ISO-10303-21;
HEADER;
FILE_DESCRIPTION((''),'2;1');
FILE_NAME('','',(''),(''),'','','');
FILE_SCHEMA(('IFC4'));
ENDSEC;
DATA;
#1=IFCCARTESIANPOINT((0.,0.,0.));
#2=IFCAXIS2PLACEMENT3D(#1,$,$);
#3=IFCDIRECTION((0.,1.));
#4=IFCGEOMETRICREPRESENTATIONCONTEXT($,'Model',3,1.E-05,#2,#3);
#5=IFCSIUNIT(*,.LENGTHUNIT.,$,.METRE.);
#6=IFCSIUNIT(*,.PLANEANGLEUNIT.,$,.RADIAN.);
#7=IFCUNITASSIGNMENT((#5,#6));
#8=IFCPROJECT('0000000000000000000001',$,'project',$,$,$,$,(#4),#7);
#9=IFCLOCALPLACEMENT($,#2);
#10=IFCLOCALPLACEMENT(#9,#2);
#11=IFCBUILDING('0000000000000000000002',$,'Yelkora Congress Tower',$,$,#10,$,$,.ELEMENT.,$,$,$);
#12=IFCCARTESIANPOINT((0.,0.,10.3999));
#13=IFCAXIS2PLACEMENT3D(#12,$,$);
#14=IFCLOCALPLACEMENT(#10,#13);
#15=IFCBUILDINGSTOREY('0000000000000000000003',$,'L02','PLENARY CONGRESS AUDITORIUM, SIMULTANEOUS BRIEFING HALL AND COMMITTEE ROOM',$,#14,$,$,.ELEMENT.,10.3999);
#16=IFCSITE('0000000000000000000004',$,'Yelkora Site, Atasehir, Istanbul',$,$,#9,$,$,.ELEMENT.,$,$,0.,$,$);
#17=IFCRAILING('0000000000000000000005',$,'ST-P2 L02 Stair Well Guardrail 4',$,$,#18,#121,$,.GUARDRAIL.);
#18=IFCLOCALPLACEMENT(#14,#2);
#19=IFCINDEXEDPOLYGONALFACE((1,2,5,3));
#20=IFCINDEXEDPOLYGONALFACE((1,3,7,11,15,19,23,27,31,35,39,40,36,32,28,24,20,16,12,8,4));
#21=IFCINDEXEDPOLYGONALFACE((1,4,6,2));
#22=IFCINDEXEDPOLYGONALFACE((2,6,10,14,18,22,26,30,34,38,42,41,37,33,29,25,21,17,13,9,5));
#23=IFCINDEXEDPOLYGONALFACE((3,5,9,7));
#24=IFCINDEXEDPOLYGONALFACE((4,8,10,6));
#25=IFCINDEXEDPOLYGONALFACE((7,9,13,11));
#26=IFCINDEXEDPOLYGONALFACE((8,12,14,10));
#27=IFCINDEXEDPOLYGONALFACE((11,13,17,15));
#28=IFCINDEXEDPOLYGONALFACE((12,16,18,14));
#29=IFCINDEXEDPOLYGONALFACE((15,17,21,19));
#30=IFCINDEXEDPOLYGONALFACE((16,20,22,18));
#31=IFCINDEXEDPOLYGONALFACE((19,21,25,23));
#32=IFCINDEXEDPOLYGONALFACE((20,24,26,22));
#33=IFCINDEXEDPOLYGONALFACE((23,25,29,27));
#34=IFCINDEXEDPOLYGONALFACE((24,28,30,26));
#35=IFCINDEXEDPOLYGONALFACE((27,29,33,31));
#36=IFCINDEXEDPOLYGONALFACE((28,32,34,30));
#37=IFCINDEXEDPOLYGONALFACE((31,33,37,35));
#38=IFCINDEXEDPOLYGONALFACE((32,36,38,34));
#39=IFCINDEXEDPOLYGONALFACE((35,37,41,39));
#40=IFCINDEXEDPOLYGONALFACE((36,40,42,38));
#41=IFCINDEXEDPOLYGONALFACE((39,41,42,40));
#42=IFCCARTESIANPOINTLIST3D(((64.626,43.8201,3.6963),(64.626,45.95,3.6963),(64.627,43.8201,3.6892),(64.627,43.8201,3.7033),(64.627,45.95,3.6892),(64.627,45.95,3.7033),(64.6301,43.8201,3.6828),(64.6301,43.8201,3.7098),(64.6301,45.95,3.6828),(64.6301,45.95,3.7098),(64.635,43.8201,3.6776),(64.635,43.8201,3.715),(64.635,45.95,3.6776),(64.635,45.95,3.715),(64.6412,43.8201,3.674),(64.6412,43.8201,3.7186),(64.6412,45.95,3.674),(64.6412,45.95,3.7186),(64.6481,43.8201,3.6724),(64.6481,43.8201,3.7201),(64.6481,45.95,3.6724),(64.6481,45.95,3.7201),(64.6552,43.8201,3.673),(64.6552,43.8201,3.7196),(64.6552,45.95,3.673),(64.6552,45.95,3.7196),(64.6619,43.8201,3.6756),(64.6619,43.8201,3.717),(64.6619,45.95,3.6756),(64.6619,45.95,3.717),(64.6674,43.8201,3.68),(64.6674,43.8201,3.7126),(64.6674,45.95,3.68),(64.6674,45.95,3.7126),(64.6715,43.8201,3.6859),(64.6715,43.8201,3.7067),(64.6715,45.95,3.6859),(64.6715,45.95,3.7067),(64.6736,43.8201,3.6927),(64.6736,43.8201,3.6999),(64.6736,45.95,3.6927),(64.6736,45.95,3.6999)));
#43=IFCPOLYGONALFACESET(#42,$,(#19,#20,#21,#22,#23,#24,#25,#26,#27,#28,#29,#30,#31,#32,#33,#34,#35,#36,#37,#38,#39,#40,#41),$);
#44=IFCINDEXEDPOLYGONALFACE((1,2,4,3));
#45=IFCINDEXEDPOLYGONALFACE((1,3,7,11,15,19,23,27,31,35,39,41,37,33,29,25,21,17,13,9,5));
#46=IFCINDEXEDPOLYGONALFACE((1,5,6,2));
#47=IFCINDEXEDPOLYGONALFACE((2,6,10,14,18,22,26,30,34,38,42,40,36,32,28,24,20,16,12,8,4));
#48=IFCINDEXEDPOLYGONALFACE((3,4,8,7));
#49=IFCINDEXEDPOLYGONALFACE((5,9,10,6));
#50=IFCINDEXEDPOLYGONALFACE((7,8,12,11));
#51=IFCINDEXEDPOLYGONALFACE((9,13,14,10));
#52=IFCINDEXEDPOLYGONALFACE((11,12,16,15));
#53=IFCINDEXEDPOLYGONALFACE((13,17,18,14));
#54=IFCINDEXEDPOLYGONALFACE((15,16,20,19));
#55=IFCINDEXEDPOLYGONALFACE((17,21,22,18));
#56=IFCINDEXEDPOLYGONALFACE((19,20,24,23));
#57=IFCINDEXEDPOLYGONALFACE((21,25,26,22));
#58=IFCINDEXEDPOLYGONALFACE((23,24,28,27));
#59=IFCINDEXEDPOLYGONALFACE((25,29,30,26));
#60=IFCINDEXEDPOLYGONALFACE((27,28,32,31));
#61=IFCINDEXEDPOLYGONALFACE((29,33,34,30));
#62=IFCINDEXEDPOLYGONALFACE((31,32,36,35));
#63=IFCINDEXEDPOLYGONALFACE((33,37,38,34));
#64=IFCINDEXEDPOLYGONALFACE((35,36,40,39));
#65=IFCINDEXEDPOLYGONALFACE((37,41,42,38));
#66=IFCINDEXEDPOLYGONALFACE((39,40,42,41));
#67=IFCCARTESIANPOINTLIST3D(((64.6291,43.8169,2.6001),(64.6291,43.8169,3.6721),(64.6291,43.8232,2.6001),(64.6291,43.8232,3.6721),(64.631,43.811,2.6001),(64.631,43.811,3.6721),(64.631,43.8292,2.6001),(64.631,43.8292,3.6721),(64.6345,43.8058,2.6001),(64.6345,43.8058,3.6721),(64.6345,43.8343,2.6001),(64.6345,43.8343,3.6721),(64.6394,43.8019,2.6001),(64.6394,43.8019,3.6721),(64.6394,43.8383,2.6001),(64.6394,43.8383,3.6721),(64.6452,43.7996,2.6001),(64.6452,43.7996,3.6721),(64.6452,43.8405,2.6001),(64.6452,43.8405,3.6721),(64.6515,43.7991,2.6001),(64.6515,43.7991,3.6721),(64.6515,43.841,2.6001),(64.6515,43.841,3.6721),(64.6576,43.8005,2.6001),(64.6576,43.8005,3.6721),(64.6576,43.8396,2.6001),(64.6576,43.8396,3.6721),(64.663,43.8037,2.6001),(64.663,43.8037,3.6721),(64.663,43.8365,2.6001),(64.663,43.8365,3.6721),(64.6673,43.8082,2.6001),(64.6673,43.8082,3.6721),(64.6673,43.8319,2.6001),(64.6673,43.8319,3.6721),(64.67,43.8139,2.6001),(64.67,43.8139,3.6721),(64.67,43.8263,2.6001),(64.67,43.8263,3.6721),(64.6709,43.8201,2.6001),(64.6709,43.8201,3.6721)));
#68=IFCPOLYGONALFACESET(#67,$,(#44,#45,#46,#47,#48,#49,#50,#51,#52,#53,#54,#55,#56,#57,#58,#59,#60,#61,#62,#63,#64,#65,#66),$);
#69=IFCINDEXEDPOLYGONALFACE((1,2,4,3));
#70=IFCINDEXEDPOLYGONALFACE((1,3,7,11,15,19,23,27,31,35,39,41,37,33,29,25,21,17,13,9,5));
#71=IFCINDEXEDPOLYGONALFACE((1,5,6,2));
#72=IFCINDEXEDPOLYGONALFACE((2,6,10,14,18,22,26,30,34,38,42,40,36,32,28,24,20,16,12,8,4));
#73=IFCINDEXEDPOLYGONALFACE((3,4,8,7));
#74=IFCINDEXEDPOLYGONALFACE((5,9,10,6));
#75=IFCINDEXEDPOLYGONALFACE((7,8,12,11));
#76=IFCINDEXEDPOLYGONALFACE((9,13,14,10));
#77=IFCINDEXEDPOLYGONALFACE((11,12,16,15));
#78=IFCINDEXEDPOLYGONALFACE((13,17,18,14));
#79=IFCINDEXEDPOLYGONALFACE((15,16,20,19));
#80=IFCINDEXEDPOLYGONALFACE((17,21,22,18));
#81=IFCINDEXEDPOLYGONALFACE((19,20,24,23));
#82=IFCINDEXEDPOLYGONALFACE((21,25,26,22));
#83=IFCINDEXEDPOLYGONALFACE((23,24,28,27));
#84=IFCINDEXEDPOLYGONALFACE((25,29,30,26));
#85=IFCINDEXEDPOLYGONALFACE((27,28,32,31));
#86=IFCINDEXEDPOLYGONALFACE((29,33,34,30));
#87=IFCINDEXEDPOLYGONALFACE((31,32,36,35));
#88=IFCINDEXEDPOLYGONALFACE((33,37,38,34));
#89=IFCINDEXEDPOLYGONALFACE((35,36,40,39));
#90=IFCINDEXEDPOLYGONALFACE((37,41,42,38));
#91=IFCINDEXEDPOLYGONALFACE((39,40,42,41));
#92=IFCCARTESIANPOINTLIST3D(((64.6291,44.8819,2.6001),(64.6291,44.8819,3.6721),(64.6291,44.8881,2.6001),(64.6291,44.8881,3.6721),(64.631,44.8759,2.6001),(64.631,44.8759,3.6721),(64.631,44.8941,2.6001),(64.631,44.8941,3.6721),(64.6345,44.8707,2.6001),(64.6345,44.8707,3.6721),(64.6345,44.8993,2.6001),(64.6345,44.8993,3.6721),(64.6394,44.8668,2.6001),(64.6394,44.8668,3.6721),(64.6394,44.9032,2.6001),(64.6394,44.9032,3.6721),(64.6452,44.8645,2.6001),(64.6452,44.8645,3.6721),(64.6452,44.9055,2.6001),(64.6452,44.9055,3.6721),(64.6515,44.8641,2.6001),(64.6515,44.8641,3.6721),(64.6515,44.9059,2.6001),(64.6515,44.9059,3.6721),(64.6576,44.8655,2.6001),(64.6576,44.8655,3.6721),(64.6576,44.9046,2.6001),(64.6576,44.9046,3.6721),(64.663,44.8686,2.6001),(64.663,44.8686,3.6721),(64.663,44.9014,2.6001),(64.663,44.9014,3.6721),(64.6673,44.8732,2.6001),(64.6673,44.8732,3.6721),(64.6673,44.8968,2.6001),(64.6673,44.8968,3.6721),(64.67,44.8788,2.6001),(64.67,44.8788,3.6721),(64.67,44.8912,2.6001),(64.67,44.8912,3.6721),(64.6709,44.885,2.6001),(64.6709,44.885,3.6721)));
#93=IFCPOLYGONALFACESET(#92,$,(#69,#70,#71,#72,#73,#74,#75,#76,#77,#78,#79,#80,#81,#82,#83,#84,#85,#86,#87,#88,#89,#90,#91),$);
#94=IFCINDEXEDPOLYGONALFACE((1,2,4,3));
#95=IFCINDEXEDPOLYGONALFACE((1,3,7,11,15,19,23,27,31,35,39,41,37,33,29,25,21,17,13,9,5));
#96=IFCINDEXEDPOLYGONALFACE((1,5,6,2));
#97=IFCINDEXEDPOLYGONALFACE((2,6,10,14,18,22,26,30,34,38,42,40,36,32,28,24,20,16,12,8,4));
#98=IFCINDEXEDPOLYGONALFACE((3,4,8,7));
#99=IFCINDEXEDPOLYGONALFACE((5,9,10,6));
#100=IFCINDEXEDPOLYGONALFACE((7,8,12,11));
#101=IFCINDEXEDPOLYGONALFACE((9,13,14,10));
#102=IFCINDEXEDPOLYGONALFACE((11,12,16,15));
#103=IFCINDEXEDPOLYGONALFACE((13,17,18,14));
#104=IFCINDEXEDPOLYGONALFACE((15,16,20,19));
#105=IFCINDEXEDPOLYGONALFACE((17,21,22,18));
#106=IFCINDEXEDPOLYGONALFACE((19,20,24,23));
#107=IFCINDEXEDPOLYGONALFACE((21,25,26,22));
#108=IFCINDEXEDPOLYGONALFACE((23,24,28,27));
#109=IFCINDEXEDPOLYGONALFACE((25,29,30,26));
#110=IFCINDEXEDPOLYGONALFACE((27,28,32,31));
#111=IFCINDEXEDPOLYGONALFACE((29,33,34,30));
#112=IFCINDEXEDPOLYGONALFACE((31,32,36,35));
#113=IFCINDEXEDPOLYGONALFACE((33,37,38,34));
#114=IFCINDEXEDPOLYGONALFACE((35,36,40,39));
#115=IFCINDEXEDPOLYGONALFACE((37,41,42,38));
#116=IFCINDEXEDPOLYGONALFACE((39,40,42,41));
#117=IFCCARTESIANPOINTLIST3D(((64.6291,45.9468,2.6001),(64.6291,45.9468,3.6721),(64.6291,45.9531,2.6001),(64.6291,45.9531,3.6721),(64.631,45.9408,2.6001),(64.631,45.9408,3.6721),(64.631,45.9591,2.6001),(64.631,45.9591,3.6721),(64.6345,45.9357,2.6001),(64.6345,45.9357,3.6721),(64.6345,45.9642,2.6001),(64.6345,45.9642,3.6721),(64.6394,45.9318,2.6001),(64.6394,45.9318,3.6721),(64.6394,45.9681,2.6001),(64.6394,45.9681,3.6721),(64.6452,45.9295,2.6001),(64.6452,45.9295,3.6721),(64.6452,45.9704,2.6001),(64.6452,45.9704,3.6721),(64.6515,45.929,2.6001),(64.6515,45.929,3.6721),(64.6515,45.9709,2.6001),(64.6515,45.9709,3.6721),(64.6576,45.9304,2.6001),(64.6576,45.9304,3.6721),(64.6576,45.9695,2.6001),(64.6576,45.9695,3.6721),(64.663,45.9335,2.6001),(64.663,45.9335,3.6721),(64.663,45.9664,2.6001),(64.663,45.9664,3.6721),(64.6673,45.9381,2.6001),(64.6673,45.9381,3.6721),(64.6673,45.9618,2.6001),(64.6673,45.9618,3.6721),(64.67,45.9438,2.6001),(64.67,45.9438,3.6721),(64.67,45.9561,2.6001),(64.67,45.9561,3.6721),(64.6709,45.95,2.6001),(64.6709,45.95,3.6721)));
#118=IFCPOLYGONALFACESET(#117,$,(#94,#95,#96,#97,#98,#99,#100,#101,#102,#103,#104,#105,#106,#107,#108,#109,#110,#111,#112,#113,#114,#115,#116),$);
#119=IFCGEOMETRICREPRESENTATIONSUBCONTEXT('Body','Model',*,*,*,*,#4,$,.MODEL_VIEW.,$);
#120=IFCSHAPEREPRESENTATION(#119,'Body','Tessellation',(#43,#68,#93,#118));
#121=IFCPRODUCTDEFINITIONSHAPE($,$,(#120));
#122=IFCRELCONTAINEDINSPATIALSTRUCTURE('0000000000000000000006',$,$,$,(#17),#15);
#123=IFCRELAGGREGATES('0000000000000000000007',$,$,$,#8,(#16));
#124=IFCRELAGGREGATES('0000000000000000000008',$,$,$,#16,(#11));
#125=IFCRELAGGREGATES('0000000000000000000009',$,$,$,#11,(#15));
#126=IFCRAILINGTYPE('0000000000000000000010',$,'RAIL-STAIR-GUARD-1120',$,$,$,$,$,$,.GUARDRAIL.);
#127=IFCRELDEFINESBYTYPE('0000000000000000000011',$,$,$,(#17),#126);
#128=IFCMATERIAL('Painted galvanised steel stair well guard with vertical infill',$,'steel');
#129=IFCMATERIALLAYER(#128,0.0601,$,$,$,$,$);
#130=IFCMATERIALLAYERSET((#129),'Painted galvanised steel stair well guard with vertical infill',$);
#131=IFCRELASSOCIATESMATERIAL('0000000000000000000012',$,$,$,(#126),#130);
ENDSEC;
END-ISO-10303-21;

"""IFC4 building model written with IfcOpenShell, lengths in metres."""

from ifc_helpers import new_model, si_unit, direction, frame, origin, origin_2d, place, context, subcontext, project, spatial, circle, extrude, material, layer, layer_set, type_object, element, save


model = new_model("IFC4")

# Units and contexts
model_context = context("Model", 3, precision=1e-05, world=origin(), true_north=direction((0.0, 1.0)))
body_context = subcontext(model_context, "Body", "Model", "MODEL_VIEW")
ifc_project = project(units=[si_unit("LENGTHUNIT", "METRE"), si_unit("PLANEANGLEUNIT", "RADIAN")], contexts=[model_context])

# Site, building, storey
site_placement = place(None, origin())
site = spatial("IfcSite", under=ifc_project, at=site_placement, Name="Yelkora Site, Atasehir, Istanbul", CompositionType="ELEMENT", RefElevation=0.0)
building_placement = place(site_placement, origin())
building = spatial("IfcBuilding", under=site, at=building_placement, Name="Yelkora Congress Tower", CompositionType="ELEMENT")
storey_placement = place(building_placement, frame((0.0, 0.0, 10.3999)))
storey = spatial("IfcBuildingStorey", under=building, at=storey_placement, Name="L02", Description="PLENARY CONGRESS AUDITORIUM, SIMULTANEOUS BRIEFING HALL AND COMMITTEE ROOM", CompositionType="ELEMENT", Elevation=10.3999)

# Railing
ifc_material_1 = material(Name="Painted galvanised steel stair well guard with vertical infill", Category="steel")
ifc_layer_1 = layer(ifc_material_1, 0.0601)
ifc_layer_set_1 = layer_set([ifc_layer_1], Name="Painted galvanised steel stair well guard with vertical infill")
railing_type_1 = type_object("IfcRailingType", Name="RAIL-STAIR-GUARD-1120", PredefinedType="GUARDRAIL", material=ifc_layer_set_1)
railing_1_placement = place(storey_placement, frame((64.6499, 43.8201, 2.6001)))
element("IfcRailing", 1, at=railing_1_placement, inside=storey, type_object=railing_type_1, Name="ST-P2 L02 Stair Well Guardrail 4", PredefinedType="GUARDRAIL", context=body_context, shape_type="SweptSolid", body=[
    extrude(circle(Radius=0.0239, at=origin_2d()), frame((0.0, 0.0, 1.0962), z_axis=(0.0, 1.0, 0.0), x_axis=(-1.0, 0.0, 0.0)), (0.0, 0.0, 1.0), 2.1299),
    extrude(circle(Radius=0.021, at=origin_2d()), origin(), (0.0, 0.0, 1.0), 1.072),
    extrude(circle(Radius=0.021, at=origin_2d()), frame((0.0, 1.0649, 0.0)), (0.0, 0.0, 1.0), 1.072),
    extrude(circle(Radius=0.021, at=origin_2d()), frame((0.0, 2.1299, 0.0)), (0.0, 0.0, 1.0), 1.072),
])

save(model, "model.ifc")
